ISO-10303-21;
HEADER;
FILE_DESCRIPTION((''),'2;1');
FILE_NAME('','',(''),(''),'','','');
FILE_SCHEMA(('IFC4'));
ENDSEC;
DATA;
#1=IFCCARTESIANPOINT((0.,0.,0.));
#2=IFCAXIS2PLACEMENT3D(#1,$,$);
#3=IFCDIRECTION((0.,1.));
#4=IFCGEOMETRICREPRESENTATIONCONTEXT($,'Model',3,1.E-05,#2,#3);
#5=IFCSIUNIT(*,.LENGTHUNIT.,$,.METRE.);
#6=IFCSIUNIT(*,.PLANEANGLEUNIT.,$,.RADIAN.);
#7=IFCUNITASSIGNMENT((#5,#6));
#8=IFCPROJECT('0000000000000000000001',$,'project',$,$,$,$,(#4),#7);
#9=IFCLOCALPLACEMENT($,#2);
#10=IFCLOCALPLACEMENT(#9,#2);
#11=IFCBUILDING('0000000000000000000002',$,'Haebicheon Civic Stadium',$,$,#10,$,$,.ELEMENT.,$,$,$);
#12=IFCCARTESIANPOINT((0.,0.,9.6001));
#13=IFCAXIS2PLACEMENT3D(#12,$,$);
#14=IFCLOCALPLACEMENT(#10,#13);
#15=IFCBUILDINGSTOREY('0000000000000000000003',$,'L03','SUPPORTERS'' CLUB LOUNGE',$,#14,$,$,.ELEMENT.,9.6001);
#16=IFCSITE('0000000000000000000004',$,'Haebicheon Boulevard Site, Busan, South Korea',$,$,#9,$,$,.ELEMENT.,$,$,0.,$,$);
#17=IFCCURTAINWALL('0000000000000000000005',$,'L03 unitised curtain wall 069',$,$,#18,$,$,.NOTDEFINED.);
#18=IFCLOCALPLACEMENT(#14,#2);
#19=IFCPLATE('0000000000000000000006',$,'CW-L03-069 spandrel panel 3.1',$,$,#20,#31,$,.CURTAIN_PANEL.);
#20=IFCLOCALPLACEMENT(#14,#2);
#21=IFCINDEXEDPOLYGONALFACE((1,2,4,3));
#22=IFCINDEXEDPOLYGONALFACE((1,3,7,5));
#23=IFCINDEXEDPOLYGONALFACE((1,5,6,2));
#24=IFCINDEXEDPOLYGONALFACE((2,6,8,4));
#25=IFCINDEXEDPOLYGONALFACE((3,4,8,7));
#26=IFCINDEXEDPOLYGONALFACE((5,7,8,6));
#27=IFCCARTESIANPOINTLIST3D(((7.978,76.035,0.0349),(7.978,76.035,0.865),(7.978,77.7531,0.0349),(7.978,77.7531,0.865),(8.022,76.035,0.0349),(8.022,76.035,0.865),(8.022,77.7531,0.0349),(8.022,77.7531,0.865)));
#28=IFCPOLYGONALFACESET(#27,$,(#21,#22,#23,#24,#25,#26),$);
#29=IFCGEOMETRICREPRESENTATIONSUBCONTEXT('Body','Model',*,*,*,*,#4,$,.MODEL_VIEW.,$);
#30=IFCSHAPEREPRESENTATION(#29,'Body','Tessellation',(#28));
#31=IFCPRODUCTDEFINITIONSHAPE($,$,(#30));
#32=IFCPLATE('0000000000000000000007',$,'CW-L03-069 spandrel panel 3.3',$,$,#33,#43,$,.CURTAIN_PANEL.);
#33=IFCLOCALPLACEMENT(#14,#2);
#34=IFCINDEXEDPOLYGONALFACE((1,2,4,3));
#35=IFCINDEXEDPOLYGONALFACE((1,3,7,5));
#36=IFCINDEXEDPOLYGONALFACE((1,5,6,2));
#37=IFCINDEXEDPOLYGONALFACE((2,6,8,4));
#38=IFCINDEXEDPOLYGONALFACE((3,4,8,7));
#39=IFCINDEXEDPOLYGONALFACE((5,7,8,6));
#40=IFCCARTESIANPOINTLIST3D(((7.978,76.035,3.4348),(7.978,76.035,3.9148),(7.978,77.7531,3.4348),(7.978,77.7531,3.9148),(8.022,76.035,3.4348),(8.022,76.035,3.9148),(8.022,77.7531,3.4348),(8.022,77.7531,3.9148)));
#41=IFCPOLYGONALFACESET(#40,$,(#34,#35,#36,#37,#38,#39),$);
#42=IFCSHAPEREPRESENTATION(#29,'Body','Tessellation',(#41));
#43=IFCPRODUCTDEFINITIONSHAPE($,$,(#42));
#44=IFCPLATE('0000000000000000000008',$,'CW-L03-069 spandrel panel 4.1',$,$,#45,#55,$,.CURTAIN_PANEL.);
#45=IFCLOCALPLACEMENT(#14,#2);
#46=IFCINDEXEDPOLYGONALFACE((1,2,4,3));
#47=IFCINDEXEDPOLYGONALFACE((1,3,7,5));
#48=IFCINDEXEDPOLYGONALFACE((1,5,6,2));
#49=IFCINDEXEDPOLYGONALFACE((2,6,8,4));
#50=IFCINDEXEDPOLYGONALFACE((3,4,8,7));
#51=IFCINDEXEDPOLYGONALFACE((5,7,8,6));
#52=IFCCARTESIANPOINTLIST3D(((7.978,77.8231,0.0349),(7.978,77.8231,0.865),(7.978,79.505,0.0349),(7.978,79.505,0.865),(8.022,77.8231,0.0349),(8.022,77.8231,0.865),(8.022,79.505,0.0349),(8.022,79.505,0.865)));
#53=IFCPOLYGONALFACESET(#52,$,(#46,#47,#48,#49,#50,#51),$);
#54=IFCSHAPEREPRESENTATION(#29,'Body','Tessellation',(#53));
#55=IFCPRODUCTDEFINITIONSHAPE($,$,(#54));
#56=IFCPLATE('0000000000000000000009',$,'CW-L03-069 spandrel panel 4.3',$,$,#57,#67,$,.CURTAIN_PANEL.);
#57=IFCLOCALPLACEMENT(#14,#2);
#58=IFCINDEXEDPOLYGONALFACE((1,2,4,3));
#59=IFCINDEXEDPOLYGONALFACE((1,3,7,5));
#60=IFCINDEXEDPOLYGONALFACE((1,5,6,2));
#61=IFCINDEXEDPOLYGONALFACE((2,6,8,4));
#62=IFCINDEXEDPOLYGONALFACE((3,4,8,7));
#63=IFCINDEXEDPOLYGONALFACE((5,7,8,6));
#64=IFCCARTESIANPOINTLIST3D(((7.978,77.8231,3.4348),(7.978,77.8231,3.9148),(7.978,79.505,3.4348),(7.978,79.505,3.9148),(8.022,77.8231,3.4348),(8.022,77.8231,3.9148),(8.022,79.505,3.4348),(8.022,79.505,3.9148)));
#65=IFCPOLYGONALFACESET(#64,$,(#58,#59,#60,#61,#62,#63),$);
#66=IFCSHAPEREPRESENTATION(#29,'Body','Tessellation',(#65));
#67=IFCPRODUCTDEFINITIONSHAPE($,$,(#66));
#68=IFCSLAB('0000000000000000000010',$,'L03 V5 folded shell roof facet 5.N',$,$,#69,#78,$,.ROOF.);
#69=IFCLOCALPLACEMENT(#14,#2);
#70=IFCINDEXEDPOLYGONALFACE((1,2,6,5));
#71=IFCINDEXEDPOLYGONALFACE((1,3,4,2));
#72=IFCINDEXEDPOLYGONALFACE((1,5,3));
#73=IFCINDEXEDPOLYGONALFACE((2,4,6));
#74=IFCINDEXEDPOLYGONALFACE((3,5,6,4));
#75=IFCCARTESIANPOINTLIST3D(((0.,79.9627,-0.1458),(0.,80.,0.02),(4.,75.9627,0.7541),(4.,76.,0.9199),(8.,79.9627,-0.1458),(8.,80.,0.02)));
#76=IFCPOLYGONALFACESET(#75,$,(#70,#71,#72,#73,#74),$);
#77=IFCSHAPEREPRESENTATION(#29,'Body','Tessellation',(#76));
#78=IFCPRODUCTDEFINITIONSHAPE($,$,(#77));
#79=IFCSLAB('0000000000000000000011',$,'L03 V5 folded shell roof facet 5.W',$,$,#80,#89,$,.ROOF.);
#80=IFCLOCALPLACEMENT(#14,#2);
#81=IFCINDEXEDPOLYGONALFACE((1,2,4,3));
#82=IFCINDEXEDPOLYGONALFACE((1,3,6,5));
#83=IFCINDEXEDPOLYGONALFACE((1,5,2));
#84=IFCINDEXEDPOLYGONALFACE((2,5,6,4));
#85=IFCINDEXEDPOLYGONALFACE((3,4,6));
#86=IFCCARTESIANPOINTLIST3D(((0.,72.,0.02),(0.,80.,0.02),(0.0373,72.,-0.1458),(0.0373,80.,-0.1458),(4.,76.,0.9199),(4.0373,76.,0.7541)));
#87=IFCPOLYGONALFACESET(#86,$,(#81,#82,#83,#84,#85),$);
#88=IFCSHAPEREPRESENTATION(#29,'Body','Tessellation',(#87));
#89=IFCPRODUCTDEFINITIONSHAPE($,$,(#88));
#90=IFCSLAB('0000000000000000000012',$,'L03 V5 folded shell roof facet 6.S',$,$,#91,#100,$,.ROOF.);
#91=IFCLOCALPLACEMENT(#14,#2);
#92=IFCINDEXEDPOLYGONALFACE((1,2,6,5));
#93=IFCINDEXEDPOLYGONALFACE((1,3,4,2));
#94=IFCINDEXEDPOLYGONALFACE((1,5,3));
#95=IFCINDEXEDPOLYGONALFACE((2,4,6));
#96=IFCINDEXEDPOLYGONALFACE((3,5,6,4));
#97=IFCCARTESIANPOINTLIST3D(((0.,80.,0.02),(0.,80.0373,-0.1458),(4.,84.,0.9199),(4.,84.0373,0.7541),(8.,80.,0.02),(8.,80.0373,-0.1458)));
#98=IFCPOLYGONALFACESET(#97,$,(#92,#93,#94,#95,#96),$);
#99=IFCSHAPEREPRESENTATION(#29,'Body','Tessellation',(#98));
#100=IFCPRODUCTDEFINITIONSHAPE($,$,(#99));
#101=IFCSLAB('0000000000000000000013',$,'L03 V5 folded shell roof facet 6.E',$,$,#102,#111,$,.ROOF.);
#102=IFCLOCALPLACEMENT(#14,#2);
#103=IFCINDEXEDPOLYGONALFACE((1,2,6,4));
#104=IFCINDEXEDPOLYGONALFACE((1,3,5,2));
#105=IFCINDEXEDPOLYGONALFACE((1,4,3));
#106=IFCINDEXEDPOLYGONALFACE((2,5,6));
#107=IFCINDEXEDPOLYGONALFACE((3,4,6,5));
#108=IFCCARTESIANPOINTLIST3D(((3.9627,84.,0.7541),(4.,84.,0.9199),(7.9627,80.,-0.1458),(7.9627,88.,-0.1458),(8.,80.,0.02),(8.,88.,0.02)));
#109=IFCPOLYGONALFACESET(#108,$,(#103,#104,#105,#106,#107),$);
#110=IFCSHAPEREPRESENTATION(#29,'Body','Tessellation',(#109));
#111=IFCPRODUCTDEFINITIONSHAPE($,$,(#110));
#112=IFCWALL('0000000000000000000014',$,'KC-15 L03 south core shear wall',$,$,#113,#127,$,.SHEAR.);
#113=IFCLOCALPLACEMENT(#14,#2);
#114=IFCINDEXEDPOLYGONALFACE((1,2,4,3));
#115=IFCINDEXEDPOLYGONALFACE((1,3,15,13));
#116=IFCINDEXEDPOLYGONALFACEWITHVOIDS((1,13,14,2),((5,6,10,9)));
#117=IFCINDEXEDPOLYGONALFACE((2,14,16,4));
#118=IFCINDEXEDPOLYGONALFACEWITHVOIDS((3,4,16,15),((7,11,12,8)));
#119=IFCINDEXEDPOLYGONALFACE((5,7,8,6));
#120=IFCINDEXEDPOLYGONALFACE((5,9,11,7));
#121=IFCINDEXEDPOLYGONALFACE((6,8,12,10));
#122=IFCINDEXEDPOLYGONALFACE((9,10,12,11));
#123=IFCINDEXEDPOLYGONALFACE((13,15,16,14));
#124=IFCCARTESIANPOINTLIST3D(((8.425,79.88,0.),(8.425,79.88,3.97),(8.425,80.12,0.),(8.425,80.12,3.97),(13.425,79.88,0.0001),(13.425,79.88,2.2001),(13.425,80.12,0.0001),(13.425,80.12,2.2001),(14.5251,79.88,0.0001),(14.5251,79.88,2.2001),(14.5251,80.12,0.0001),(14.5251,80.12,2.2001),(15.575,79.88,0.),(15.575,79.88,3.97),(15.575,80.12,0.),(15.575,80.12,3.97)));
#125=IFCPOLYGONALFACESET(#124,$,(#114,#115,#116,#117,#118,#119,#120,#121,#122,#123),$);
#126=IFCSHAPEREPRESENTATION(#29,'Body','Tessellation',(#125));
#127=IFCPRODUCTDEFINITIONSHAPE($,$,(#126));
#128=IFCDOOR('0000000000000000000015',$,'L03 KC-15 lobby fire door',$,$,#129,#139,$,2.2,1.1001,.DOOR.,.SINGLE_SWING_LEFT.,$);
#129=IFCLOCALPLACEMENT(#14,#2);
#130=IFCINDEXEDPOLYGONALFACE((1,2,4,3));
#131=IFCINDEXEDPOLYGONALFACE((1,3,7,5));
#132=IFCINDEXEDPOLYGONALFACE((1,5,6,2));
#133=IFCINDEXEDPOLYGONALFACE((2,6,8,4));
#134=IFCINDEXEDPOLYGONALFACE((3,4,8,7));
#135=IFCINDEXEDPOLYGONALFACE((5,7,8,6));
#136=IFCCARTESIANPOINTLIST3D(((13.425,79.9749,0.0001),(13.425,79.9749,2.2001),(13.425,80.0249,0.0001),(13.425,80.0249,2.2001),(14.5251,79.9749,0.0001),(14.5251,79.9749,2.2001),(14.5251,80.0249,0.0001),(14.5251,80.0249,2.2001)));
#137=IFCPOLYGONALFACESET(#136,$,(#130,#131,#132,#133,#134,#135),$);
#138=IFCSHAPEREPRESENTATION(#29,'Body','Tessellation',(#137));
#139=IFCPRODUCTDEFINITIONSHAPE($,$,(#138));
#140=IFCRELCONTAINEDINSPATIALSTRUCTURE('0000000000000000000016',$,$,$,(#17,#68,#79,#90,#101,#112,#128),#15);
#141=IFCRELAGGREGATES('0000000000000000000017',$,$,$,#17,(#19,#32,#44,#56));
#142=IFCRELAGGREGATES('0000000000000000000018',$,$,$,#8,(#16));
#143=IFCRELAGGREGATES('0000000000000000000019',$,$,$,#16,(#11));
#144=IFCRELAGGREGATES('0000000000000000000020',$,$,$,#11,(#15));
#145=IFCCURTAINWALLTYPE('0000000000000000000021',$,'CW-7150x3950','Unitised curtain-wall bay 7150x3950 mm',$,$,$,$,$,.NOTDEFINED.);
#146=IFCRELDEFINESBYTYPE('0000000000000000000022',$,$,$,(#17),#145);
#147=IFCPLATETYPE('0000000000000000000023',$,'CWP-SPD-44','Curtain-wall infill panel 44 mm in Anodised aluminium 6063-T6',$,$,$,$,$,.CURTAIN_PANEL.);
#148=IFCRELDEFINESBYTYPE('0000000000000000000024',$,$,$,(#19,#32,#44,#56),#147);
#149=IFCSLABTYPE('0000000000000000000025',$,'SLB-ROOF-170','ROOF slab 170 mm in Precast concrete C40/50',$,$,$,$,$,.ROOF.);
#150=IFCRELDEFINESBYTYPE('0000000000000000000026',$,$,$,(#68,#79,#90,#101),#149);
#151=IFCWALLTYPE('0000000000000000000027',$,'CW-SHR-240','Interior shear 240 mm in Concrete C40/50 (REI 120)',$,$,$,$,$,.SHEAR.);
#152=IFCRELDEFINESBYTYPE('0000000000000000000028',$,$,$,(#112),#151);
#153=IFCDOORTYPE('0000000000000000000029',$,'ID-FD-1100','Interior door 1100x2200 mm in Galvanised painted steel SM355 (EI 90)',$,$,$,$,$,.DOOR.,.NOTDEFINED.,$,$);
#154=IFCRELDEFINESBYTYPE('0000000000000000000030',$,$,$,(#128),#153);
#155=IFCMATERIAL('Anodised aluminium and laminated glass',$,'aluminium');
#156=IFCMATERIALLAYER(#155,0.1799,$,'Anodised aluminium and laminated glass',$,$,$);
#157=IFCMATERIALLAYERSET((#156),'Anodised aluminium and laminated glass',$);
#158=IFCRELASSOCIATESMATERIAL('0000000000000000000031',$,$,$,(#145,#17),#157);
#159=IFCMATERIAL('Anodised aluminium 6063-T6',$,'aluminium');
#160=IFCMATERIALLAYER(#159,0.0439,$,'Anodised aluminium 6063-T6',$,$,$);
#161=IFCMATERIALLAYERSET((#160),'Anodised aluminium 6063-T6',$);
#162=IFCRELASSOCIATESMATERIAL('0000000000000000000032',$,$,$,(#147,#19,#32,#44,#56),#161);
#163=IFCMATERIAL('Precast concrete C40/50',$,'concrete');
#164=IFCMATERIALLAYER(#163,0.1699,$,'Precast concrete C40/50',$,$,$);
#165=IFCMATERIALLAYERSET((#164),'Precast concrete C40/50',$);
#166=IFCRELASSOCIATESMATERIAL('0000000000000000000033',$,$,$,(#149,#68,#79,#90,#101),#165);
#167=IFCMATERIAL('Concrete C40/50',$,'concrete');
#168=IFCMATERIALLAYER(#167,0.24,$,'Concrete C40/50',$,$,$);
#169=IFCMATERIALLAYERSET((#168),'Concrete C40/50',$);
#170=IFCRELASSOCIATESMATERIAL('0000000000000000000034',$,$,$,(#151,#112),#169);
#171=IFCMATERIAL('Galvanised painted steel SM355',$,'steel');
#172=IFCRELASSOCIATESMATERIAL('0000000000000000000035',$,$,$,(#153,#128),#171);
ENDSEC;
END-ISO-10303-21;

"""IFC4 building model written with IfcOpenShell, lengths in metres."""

from ifc_helpers import new_model, si_unit, direction, frame, frame_2d, origin, origin_2d, place, context, subcontext, project, spatial, polyline, rectangle, outline, extrude, material, layer, layer_set, type_object, element, fill, aggregate, save


model = new_model("IFC4")

# Units and contexts
model_context = context("Model", 3, precision=1e-05, world=origin(), true_north=direction((0.0, 1.0)))
body_context = subcontext(model_context, "Body", "Model", "MODEL_VIEW")
ifc_project = project(units=[si_unit("LENGTHUNIT", "METRE"), si_unit("PLANEANGLEUNIT", "RADIAN")], contexts=[model_context])

# Site, building, storey
site_placement = place(None, origin())
site = spatial("IfcSite", under=ifc_project, at=site_placement, Name="Haebicheon Boulevard Site, Busan, South Korea", CompositionType="ELEMENT", RefElevation=0.0)
building_placement = place(site_placement, origin())
building = spatial("IfcBuilding", under=site, at=building_placement, Name="Haebicheon Civic Stadium", CompositionType="ELEMENT")
storey_placement = place(building_placement, frame((0.0, 0.0, 9.6001)))
storey = spatial("IfcBuildingStorey", under=building, at=storey_placement, Name="L03", Description="SUPPORTERS' CLUB LOUNGE", CompositionType="ELEMENT", Elevation=9.6001)

# Curtain wall
ifc_material_1 = material(Name="Anodised aluminium and laminated glass", Category="aluminium")
ifc_layer_1 = layer(ifc_material_1, 0.1799, Name="Anodised aluminium and laminated glass")
ifc_layer_set_1 = layer_set([ifc_layer_1], Name="Anodised aluminium and laminated glass")
curtain_wall_type = type_object("IfcCurtainWallType", Name="CW-7150x3950", Description="Unitised curtain-wall bay 7150x3950 mm", PredefinedType="NOTDEFINED", material=ifc_layer_set_1)
curtain_wall_placement = place(storey_placement, origin())
curtain_wall = element("IfcCurtainWall", 1, at=curtain_wall_placement, inside=storey, type_object=curtain_wall_type, material=ifc_layer_set_1, Name="L03 unitised curtain wall 069", PredefinedType="NOTDEFINED")

# Plates
ifc_material_2 = material(Name="Anodised aluminium 6063-T6", Category="aluminium")
ifc_layer_2 = layer(ifc_material_2, 0.0439, Name="Anodised aluminium 6063-T6")
ifc_layer_set_2 = layer_set([ifc_layer_2], Name="Anodised aluminium 6063-T6")
plate_type_1 = type_object("IfcPlateType", Name="CWP-SPD-44", Description="Curtain-wall infill panel 44 mm in Anodised aluminium 6063-T6", PredefinedType="CURTAIN_PANEL", material=ifc_layer_set_2)
plate_1_placement = place(storey_placement, frame((8.0, 76.894, 0.0349), z_axis=(0.0, 0.0, 1.0), x_axis=(0.0, 1.0, 0.0)))
plate_1 = element("IfcPlate", 2, at=plate_1_placement, type_object=plate_type_1, material=ifc_layer_set_2, Name="CW-L03-069 spandrel panel 3.1", PredefinedType="CURTAIN_PANEL", context=body_context, shape_type="SweptSolid", body=[
    extrude(rectangle(XDim=1.718, YDim=0.0439, at=origin_2d()), origin(), (0.0, 0.0, 1.0), 0.8301),
])
plate_2_placement = place(storey_placement, frame((8.0, 76.894, 3.4348), z_axis=(0.0, 0.0, 1.0), x_axis=(0.0, 1.0, 0.0)))
plate_2 = element("IfcPlate", 3, at=plate_2_placement, type_object=plate_type_1, material=ifc_layer_set_2, Name="CW-L03-069 spandrel panel 3.3", PredefinedType="CURTAIN_PANEL", context=body_context, shape_type="SweptSolid", body=[
    extrude(rectangle(XDim=1.718, YDim=0.0439, at=origin_2d()), origin(), (0.0, 0.0, 1.0), 0.48),
])
plate_3_placement = place(storey_placement, frame((8.0, 78.6641, 0.0349), z_axis=(0.0, 0.0, 1.0), x_axis=(0.0, 1.0, 0.0)))
plate_3 = element("IfcPlate", 4, at=plate_3_placement, type_object=plate_type_1, material=ifc_layer_set_2, Name="CW-L03-069 spandrel panel 4.1", PredefinedType="CURTAIN_PANEL", context=body_context, shape_type="SweptSolid", body=[
    extrude(rectangle(XDim=1.6819, YDim=0.0439, at=origin_2d()), origin(), (0.0, 0.0, 1.0), 0.8301),
])
plate_4_placement = place(storey_placement, frame((8.0, 78.6641, 3.4348), z_axis=(0.0, 0.0, 1.0), x_axis=(0.0, 1.0, 0.0)))
plate_4 = element("IfcPlate", 5, at=plate_4_placement, type_object=plate_type_1, material=ifc_layer_set_2, Name="CW-L03-069 spandrel panel 4.3", PredefinedType="CURTAIN_PANEL", context=body_context, shape_type="SweptSolid", body=[
    extrude(rectangle(XDim=1.6819, YDim=0.0439, at=origin_2d()), origin(), (0.0, 0.0, 1.0), 0.48),
])
aggregate(curtain_wall, [plate_1, plate_2, plate_3, plate_4])

# Slabs
ifc_material_3 = material(Name="Precast concrete C40/50", Category="concrete")
ifc_layer_3 = layer(ifc_material_3, 0.1699, Name="Precast concrete C40/50")
ifc_layer_set_3 = layer_set([ifc_layer_3], Name="Precast concrete C40/50")
slab_type = type_object("IfcSlabType", Name="SLB-ROOF-170", Description="ROOF slab 170 mm in Precast concrete C40/50", PredefinedType="ROOF", material=ifc_layer_set_3)
for number, where, z_axis, x_axis, name in (
    (6, (8.0, 80.0, 0.02), (0.0, 0.21949, 0.975615), (-1.0, 0.0, 0.0), "L03 V5 folded shell roof facet 5.N"),
    (7, (0.0, 80.0, 0.02), (-0.21949, 0.0, 0.975615), (0.0, -1.0, 0.0), "L03 V5 folded shell roof facet 5.W"),
    (8, (0.0, 80.0, 0.02), (0.0, -0.21949, 0.975615), (1.0, 0.0, 0.0), "L03 V5 folded shell roof facet 6.S"),
    (9, (8.0, 80.0, 0.02), (0.21949, 0.0, 0.975615), (0.0, 1.0, 0.0), "L03 V5 folded shell roof facet 6.E"),
):
    element("IfcSlab", number, at=place(storey_placement, frame(where, z_axis=z_axis, x_axis=x_axis)), inside=storey, type_object=slab_type, material=ifc_layer_set_3, Name=name, PredefinedType="ROOF", context=body_context, shape_type="SweptSolid", body=[
        extrude(outline(polyline([(0.0, 0.0), (8.0, 0.0), (4.0, 4.1), (0.0, 0.0)])), origin(), (0.0, 0.0, -1.0), 0.1699),
    ])

# Wall, opening, door
ifc_material_4 = material(Name="Concrete C40/50", Category="concrete")
ifc_layer_4 = layer(ifc_material_4, 0.24, Name="Concrete C40/50")
ifc_layer_set_4 = layer_set([ifc_layer_4], Name="Concrete C40/50")
wall_type = type_object("IfcWallType", Name="CW-SHR-240", Description="Interior shear 240 mm in Concrete C40/50 (REI 120)", PredefinedType="SHEAR", material=ifc_layer_set_4)
wall_placement = place(storey_placement, frame((8.425, 80.0, 0.0), z_axis=(0.0, 0.0, 1.0), x_axis=(1.0, 0.0, 0.0)))
wall = element("IfcWall", 10, at=wall_placement, inside=storey, type_object=wall_type, material=ifc_layer_set_4, Name="KC-15 L03 south core shear wall", PredefinedType="SHEAR", context=body_context, shape_type="SweptSolid", body=[
    extrude(rectangle(XDim=7.1499, YDim=0.24, at=frame_2d((3.575, 0.0))), origin(), (0.0, 0.0, 1.0), 3.97),
])
opening_placement = place(wall_placement, frame((5.0, 0.0, 0.0)))
opening = element("IfcOpeningElement", 11, at=opening_placement, cuts=wall, PredefinedType="OPENING", context=body_context, shape_type="SweptSolid", body=[
    extrude(rectangle(XDim=1.1001, YDim=2.2, at=frame_2d((0.55, 1.1001))), frame((0.0, 0.1299, 0.0), z_axis=(0.0, -1.0, 0.0), x_axis=(1.0, 0.0, 0.0)), (0.0, 0.0, 1.0), 0.26),
])
ifc_material_5 = material(Name="Galvanised painted steel SM355", Category="steel")
door_type = type_object("IfcDoorType", Name="ID-FD-1100", Description="Interior door 1100x2200 mm in Galvanised painted steel SM355 (EI 90)", OperationType="NOTDEFINED", PredefinedType="DOOR", material=ifc_material_5)
door_placement = place(opening_placement, origin())
door = element("IfcDoor", 12, at=door_placement, inside=storey, type_object=door_type, material=ifc_material_5, Name="L03 KC-15 lobby fire door", OperationType="SINGLE_SWING_LEFT", OverallHeight=2.2, OverallWidth=1.1001, PredefinedType="DOOR", context=body_context, shape_type="SweptSolid", body=[
    extrude(rectangle(XDim=1.1001, YDim=2.2, at=frame_2d((0.55, 1.1001))), frame((0.0, 0.0249, 0.0), z_axis=(0.0, -1.0, 0.0), x_axis=(1.0, 0.0, 0.0)), (0.0, 0.0, 1.0), 0.05),
])
fill(opening, door)

save(model, "model.ifc")
